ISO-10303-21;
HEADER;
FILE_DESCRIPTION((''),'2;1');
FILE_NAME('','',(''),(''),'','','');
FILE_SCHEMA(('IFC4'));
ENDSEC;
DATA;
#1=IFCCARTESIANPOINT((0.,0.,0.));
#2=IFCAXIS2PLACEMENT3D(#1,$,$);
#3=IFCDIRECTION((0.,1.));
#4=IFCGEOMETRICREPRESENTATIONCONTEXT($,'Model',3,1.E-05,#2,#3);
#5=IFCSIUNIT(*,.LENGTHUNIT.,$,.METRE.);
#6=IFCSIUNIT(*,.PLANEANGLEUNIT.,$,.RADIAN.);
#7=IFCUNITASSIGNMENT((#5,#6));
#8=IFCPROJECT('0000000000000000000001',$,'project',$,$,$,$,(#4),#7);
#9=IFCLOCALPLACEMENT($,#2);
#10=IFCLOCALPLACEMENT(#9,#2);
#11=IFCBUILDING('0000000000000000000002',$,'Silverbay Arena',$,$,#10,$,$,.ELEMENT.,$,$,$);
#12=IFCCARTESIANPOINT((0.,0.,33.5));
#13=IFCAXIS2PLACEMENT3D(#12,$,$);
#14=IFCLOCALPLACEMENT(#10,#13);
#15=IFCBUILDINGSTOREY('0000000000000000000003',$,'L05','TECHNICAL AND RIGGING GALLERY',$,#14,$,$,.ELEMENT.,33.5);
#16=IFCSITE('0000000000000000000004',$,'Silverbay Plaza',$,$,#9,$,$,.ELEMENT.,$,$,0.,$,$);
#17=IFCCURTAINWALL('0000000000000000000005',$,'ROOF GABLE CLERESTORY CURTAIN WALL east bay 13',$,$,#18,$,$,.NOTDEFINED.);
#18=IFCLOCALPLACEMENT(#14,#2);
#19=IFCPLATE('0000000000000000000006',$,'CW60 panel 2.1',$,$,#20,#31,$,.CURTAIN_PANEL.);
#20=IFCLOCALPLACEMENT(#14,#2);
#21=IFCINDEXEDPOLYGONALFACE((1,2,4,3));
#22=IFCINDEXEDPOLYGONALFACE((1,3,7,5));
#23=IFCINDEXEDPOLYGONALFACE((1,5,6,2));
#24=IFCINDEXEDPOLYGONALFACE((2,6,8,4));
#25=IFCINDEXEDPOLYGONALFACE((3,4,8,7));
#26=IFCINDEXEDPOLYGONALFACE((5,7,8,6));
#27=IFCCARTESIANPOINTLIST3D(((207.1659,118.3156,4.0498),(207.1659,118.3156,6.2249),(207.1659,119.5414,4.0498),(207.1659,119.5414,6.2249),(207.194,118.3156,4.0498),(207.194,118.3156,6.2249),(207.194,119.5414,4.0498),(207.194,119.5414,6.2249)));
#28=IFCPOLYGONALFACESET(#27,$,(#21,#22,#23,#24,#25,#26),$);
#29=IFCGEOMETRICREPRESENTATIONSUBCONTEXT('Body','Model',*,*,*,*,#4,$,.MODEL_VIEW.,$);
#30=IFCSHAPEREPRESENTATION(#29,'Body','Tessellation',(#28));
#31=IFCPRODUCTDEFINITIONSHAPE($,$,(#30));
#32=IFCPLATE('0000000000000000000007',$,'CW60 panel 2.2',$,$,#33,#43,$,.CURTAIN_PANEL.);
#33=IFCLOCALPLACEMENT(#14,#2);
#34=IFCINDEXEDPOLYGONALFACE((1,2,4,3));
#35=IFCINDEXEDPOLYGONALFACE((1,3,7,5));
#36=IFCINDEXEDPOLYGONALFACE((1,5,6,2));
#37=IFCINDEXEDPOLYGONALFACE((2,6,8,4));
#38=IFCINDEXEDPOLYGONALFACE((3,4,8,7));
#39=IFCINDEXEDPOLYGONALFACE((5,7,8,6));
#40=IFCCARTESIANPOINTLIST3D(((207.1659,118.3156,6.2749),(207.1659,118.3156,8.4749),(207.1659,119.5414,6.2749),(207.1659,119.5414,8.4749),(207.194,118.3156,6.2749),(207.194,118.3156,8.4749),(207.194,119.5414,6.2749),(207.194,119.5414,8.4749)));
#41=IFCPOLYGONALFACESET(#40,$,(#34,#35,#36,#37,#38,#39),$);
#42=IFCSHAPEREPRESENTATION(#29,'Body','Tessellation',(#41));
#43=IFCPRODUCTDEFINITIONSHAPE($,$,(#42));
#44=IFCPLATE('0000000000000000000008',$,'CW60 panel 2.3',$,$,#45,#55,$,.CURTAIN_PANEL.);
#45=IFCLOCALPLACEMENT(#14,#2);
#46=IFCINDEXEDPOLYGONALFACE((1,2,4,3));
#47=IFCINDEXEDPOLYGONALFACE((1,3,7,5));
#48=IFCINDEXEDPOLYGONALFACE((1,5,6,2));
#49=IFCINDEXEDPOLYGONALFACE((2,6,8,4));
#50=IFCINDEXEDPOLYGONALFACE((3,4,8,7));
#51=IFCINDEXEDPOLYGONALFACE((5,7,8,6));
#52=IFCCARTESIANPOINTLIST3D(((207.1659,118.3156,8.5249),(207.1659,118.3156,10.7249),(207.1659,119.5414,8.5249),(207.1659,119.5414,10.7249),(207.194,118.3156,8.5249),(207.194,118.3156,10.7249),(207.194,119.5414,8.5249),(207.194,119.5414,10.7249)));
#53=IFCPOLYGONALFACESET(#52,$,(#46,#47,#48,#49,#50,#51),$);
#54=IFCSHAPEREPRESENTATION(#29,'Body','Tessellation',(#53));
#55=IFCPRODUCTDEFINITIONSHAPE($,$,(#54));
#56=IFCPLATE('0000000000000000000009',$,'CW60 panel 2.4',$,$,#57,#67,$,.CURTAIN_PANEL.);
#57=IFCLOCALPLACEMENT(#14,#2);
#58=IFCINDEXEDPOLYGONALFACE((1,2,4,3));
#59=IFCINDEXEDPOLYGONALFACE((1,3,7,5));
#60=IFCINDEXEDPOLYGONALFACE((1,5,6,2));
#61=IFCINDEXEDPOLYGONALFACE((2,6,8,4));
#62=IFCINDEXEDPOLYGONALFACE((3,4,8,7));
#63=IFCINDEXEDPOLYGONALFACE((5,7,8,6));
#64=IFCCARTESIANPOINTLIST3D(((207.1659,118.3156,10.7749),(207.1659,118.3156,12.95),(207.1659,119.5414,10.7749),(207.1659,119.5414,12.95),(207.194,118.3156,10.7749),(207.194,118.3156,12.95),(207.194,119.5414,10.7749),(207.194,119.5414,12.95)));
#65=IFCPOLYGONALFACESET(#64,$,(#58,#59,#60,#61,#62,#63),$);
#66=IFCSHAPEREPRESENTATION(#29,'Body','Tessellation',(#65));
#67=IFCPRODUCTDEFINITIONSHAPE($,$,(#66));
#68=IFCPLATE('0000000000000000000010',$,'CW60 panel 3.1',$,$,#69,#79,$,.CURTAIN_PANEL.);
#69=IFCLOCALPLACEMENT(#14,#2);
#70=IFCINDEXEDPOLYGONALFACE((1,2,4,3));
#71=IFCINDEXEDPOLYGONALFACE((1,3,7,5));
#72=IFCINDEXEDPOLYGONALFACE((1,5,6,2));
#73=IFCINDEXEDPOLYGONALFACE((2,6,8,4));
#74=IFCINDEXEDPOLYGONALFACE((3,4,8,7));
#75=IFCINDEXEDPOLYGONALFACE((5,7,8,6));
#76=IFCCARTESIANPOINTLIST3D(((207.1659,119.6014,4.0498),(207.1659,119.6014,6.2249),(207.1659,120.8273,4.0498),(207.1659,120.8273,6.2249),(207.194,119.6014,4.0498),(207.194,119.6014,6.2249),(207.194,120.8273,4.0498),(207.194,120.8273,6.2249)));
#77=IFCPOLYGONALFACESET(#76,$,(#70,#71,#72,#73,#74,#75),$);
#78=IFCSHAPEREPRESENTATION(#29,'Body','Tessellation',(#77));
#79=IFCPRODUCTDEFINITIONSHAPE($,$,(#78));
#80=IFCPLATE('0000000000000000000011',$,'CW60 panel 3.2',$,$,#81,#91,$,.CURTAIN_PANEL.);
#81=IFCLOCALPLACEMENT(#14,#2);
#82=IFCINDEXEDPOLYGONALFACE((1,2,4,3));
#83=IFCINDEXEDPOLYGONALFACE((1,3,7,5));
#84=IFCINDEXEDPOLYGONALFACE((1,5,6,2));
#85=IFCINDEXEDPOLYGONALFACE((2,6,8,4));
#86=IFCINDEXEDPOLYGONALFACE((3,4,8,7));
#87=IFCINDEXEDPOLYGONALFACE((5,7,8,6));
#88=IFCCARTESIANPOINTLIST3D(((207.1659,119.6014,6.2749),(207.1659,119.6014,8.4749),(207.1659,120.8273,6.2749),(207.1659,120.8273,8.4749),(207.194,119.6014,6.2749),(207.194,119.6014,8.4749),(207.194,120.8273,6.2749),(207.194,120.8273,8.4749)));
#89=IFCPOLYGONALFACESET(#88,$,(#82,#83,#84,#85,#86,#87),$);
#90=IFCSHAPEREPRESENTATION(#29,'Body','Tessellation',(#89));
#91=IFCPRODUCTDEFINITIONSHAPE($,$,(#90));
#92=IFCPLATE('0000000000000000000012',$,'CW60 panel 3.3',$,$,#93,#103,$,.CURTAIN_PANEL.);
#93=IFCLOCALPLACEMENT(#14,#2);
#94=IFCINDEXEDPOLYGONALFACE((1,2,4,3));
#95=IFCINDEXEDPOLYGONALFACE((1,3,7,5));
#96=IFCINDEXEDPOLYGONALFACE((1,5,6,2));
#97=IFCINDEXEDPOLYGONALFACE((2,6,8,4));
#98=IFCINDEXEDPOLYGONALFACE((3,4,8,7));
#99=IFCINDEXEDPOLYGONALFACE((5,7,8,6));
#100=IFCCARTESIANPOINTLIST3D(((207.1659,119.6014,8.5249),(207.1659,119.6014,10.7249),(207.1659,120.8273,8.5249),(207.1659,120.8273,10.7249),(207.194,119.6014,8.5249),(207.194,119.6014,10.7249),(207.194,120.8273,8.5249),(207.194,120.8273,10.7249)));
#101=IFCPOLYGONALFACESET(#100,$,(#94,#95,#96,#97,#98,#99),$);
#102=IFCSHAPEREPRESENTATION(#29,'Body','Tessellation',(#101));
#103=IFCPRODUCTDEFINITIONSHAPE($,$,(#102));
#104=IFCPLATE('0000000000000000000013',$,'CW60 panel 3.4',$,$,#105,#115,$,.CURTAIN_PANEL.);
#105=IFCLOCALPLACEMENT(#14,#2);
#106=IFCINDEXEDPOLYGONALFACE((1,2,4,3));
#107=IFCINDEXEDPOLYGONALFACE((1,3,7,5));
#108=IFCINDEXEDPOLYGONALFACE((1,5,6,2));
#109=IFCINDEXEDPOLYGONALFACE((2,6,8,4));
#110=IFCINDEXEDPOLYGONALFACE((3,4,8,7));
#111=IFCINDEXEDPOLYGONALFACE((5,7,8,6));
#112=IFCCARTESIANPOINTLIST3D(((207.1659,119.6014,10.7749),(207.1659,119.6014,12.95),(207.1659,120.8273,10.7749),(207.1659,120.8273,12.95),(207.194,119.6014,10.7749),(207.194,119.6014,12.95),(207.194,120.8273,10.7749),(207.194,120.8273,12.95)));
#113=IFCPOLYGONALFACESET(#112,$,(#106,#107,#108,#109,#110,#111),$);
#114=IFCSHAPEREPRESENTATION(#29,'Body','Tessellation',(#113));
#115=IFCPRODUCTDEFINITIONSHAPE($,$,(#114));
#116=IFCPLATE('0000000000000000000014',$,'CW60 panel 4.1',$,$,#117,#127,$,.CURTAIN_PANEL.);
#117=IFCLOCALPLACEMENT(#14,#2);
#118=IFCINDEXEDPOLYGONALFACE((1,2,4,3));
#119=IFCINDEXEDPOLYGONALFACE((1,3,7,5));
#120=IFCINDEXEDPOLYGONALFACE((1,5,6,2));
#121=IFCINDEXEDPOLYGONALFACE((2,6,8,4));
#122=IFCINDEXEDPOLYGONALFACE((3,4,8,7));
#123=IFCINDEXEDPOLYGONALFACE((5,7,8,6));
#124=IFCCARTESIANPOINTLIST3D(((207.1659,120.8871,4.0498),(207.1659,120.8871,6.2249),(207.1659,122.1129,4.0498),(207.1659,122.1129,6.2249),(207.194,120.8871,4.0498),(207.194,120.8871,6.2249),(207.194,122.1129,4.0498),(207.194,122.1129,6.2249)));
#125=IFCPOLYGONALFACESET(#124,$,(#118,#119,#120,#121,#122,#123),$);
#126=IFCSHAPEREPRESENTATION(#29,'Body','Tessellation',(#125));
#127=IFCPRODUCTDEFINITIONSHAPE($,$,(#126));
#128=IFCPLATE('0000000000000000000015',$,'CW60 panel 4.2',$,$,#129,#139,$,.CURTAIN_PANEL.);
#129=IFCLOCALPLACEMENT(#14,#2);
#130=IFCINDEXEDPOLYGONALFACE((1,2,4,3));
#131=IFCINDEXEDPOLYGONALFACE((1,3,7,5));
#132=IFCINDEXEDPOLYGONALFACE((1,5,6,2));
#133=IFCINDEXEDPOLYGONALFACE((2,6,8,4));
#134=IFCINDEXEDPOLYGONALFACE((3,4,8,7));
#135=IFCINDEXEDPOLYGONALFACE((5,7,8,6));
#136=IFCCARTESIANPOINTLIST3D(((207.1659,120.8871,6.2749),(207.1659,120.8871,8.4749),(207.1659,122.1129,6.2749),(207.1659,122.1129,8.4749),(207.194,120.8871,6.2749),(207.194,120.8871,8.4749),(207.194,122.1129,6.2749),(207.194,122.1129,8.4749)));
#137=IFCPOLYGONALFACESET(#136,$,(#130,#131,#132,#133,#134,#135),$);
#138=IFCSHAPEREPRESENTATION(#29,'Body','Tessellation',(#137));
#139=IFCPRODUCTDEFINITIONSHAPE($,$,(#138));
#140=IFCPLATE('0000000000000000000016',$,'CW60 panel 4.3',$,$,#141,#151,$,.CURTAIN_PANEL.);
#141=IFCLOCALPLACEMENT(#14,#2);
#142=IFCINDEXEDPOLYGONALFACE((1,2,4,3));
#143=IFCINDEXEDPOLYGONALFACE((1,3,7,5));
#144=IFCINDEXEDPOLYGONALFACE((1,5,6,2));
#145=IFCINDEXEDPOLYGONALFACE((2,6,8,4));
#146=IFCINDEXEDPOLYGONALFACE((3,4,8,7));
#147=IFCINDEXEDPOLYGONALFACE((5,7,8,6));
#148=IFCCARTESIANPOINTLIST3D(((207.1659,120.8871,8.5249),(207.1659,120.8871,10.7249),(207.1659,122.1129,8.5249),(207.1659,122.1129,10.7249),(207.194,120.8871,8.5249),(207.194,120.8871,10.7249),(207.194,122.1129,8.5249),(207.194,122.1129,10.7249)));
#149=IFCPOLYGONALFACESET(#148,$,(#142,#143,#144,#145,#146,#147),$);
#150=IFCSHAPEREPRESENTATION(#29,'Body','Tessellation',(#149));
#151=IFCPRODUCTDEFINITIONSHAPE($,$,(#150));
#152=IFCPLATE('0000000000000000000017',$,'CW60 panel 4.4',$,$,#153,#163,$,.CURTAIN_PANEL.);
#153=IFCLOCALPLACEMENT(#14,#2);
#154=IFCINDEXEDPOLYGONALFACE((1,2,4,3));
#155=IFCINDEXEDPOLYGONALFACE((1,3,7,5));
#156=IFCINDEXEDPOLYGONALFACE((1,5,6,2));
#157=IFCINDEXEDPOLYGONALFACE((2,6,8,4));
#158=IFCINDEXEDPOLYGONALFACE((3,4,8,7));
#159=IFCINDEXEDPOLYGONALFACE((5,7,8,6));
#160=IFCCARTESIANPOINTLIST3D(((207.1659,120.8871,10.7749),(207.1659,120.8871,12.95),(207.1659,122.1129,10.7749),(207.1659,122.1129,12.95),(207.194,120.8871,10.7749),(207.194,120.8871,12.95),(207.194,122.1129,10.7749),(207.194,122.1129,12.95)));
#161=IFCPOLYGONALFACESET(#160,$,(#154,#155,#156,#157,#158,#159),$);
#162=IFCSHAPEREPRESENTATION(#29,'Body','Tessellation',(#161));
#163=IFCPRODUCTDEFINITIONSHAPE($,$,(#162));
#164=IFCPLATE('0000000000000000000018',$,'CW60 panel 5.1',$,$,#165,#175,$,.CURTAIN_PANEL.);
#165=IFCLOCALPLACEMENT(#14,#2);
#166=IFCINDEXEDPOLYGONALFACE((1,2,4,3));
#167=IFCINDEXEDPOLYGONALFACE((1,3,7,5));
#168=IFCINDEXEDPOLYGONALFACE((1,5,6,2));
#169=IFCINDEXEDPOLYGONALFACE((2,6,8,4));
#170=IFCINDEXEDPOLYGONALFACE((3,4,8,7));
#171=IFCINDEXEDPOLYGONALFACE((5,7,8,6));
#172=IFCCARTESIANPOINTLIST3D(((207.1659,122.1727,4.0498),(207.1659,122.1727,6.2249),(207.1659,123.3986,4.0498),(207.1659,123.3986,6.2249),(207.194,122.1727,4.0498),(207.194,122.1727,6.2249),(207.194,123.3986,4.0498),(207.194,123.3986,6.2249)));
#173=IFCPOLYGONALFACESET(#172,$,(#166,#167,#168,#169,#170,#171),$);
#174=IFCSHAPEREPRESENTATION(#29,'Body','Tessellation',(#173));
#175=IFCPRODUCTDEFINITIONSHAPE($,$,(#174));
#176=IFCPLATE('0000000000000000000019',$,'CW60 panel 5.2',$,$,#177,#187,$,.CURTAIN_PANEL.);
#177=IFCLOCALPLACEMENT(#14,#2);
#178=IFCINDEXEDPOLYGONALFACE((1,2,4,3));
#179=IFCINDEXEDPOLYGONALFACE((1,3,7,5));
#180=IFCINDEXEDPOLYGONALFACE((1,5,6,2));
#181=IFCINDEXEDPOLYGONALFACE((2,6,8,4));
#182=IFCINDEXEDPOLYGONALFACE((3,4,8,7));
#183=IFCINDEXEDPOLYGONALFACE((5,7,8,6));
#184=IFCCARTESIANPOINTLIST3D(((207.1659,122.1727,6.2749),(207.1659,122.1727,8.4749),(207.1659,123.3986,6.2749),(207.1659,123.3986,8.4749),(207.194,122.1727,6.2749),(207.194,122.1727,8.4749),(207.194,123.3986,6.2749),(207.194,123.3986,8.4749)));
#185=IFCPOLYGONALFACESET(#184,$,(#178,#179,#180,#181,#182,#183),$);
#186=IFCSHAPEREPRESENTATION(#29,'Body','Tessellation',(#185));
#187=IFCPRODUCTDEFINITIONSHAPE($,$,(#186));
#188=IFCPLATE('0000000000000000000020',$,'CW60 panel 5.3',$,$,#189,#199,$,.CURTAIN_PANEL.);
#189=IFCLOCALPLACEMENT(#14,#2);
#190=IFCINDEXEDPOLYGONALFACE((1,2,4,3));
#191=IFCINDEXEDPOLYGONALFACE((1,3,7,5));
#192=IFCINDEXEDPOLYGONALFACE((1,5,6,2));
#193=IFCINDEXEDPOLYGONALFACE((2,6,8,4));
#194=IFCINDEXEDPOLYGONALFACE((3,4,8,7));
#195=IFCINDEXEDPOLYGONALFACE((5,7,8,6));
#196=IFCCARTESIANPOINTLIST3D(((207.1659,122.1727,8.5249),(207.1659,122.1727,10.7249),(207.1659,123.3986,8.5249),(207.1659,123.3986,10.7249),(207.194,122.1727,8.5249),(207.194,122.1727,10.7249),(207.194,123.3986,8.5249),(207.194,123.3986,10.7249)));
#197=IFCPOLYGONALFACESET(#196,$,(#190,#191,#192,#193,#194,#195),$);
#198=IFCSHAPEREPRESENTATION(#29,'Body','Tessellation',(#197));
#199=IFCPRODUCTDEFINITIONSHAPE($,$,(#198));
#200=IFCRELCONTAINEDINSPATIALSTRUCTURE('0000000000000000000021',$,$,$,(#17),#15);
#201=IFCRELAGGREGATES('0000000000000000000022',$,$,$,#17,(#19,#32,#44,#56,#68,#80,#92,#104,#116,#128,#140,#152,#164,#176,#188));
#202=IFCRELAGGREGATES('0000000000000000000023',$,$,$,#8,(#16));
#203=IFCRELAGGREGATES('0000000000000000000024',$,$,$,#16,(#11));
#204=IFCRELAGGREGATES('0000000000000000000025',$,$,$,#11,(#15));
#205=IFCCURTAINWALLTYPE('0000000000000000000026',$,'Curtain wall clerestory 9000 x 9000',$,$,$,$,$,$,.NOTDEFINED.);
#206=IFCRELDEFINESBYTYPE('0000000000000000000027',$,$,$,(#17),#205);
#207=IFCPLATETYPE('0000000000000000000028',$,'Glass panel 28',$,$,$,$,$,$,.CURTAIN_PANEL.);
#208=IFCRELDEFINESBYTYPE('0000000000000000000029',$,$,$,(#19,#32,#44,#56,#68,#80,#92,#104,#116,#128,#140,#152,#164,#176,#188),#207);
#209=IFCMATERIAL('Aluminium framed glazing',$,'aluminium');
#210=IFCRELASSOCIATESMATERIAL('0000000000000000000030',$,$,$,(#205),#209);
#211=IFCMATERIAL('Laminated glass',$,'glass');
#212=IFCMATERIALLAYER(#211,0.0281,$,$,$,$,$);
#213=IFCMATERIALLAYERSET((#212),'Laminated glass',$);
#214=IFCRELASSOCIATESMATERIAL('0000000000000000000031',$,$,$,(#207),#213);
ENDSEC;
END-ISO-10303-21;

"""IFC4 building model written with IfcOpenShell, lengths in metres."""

from ifc_helpers import new_model, si_unit, direction, frame, origin, origin_2d, place, context, subcontext, project, spatial, rectangle, extrude, material, layer, layer_set, type_object, element, aggregate, save


model = new_model("IFC4")

# Units and contexts
model_context = context("Model", 3, precision=1e-05, world=origin(), true_north=direction((0.0, 1.0)))
body_context = subcontext(model_context, "Body", "Model", "MODEL_VIEW")
ifc_project = project(units=[si_unit("LENGTHUNIT", "METRE"), si_unit("PLANEANGLEUNIT", "RADIAN")], contexts=[model_context])

# Site, building, storey
site_placement = place(None, origin())
site = spatial("IfcSite", under=ifc_project, at=site_placement, Name="Silverbay Plaza", CompositionType="ELEMENT", RefElevation=0.0)
building_placement = place(site_placement, origin())
building = spatial("IfcBuilding", under=site, at=building_placement, Name="Silverbay Arena", CompositionType="ELEMENT")
storey_placement = place(building_placement, frame((0.0, 0.0, 33.5)))
storey = spatial("IfcBuildingStorey", under=building, at=storey_placement, Name="L05", Description="TECHNICAL AND RIGGING GALLERY", CompositionType="ELEMENT", Elevation=33.5)

# Curtain wall, plates
ifc_material_1 = material(Name="Aluminium framed glazing", Category="aluminium")
curtain_wall_type = type_object("IfcCurtainWallType", Name="Curtain wall clerestory 9000 x 9000", PredefinedType="NOTDEFINED", material=ifc_material_1)
curtain_wall_placement = place(storey_placement, origin())
curtain_wall = element("IfcCurtainWall", 1, at=curtain_wall_placement, inside=storey, type_object=curtain_wall_type, Name="ROOF GABLE CLERESTORY CURTAIN WALL east bay 13", PredefinedType="NOTDEFINED")
ifc_material_2 = material(Name="Laminated glass", Category="glass")
ifc_layer = layer(ifc_material_2, 0.0281)
ifc_layer_set = layer_set([ifc_layer], Name="Laminated glass")
plate_type = type_object("IfcPlateType", Name="Glass panel 28", PredefinedType="CURTAIN_PANEL", material=ifc_layer_set)
plate_1_placement = place(storey_placement, frame((207.1799, 118.9285, 4.0498), z_axis=(0.0, 0.0, 1.0), x_axis=(0.0, 1.0, 0.0)))
plate_1 = element("IfcPlate", 2, at=plate_1_placement, type_object=plate_type, Name="CW60 panel 2.1", PredefinedType="CURTAIN_PANEL", context=body_context, shape_type="SweptSolid", body=[
    extrude(rectangle(XDim=1.2258, YDim=0.0281, at=origin_2d()), origin(), (0.0, 0.0, 1.0), 2.175),
])
plate_2_placement = place(storey_placement, frame((207.1799, 118.9285, 6.2749), z_axis=(0.0, 0.0, 1.0), x_axis=(0.0, 1.0, 0.0)))
plate_2 = element("IfcPlate", 3, at=plate_2_placement, type_object=plate_type, Name="CW60 panel 2.2", PredefinedType="CURTAIN_PANEL", context=body_context, shape_type="SweptSolid", body=[
    extrude(rectangle(XDim=1.2258, YDim=0.0281, at=origin_2d()), origin(), (0.0, 0.0, 1.0), 2.2),
])
plate_3_placement = place(storey_placement, frame((207.1799, 118.9285, 8.5249), z_axis=(0.0, 0.0, 1.0), x_axis=(0.0, 1.0, 0.0)))
plate_3 = element("IfcPlate", 4, at=plate_3_placement, type_object=plate_type, Name="CW60 panel 2.3", PredefinedType="CURTAIN_PANEL", context=body_context, shape_type="SweptSolid", body=[
    extrude(rectangle(XDim=1.2258, YDim=0.0281, at=origin_2d()), origin(), (0.0, 0.0, 1.0), 2.2),
])
plate_4_placement = place(storey_placement, frame((207.1799, 118.9285, 10.7749), z_axis=(0.0, 0.0, 1.0), x_axis=(0.0, 1.0, 0.0)))
plate_4 = element("IfcPlate", 5, at=plate_4_placement, type_object=plate_type, Name="CW60 panel 2.4", PredefinedType="CURTAIN_PANEL", context=body_context, shape_type="SweptSolid", body=[
    extrude(rectangle(XDim=1.2258, YDim=0.0281, at=origin_2d()), origin(), (0.0, 0.0, 1.0), 2.175),
])
plate_5_placement = place(storey_placement, frame((207.1799, 120.2144, 4.0498), z_axis=(0.0, 0.0, 1.0), x_axis=(0.0, 1.0, 0.0)))
plate_5 = element("IfcPlate", 6, at=plate_5_placement, type_object=plate_type, Name="CW60 panel 3.1", PredefinedType="CURTAIN_PANEL", context=body_context, shape_type="SweptSolid", body=[
    extrude(rectangle(XDim=1.2258, YDim=0.0281, at=origin_2d()), origin(), (0.0, 0.0, 1.0), 2.175),
])
plate_6_placement = place(storey_placement, frame((207.1799, 120.2144, 6.2749), z_axis=(0.0, 0.0, 1.0), x_axis=(0.0, 1.0, 0.0)))
plate_6 = element("IfcPlate", 7, at=plate_6_placement, type_object=plate_type, Name="CW60 panel 3.2", PredefinedType="CURTAIN_PANEL", context=body_context, shape_type="SweptSolid", body=[
    extrude(rectangle(XDim=1.2258, YDim=0.0281, at=origin_2d()), origin(), (0.0, 0.0, 1.0), 2.2),
])
plate_7_placement = place(storey_placement, frame((207.1799, 120.2144, 8.5249), z_axis=(0.0, 0.0, 1.0), x_axis=(0.0, 1.0, 0.0)))
plate_7 = element("IfcPlate", 8, at=plate_7_placement, type_object=plate_type, Name="CW60 panel 3.3", PredefinedType="CURTAIN_PANEL", context=body_context, shape_type="SweptSolid", body=[
    extrude(rectangle(XDim=1.2258, YDim=0.0281, at=origin_2d()), origin(), (0.0, 0.0, 1.0), 2.2),
])
plate_8_placement = place(storey_placement, frame((207.1799, 120.2144, 10.7749), z_axis=(0.0, 0.0, 1.0), x_axis=(0.0, 1.0, 0.0)))
plate_8 = element("IfcPlate", 9, at=plate_8_placement, type_object=plate_type, Name="CW60 panel 3.4", PredefinedType="CURTAIN_PANEL", context=body_context, shape_type="SweptSolid", body=[
    extrude(rectangle(XDim=1.2258, YDim=0.0281, at=origin_2d()), origin(), (0.0, 0.0, 1.0), 2.175),
])
plate_9_placement = place(storey_placement, frame((207.1799, 121.5, 4.0498), z_axis=(0.0, 0.0, 1.0), x_axis=(0.0, 1.0, 0.0)))
plate_9 = element("IfcPlate", 10, at=plate_9_placement, type_object=plate_type, Name="CW60 panel 4.1", PredefinedType="CURTAIN_PANEL", context=body_context, shape_type="SweptSolid", body=[
    extrude(rectangle(XDim=1.2258, YDim=0.0281, at=origin_2d()), origin(), (0.0, 0.0, 1.0), 2.175),
])
plate_10_placement = place(storey_placement, frame((207.1799, 121.5, 6.2749), z_axis=(0.0, 0.0, 1.0), x_axis=(0.0, 1.0, 0.0)))
plate_10 = element("IfcPlate", 11, at=plate_10_placement, type_object=plate_type, Name="CW60 panel 4.2", PredefinedType="CURTAIN_PANEL", context=body_context, shape_type="SweptSolid", body=[
    extrude(rectangle(XDim=1.2258, YDim=0.0281, at=origin_2d()), origin(), (0.0, 0.0, 1.0), 2.2),
])
plate_11_placement = place(storey_placement, frame((207.1799, 121.5, 8.5249), z_axis=(0.0, 0.0, 1.0), x_axis=(0.0, 1.0, 0.0)))
plate_11 = element("IfcPlate", 12, at=plate_11_placement, type_object=plate_type, Name="CW60 panel 4.3", PredefinedType="CURTAIN_PANEL", context=body_context, shape_type="SweptSolid", body=[
    extrude(rectangle(XDim=1.2258, YDim=0.0281, at=origin_2d()), origin(), (0.0, 0.0, 1.0), 2.2),
])
plate_12_placement = place(storey_placement, frame((207.1799, 121.5, 10.7749), z_axis=(0.0, 0.0, 1.0), x_axis=(0.0, 1.0, 0.0)))
plate_12 = element("IfcPlate", 13, at=plate_12_placement, type_object=plate_type, Name="CW60 panel 4.4", PredefinedType="CURTAIN_PANEL", context=body_context, shape_type="SweptSolid", body=[
    extrude(rectangle(XDim=1.2258, YDim=0.0281, at=origin_2d()), origin(), (0.0, 0.0, 1.0), 2.175),
])
plate_13_placement = place(storey_placement, frame((207.1799, 122.7856, 4.0498), z_axis=(0.0, 0.0, 1.0), x_axis=(0.0, 1.0, 0.0)))
plate_13 = element("IfcPlate", 14, at=plate_13_placement, type_object=plate_type, Name="CW60 panel 5.1", PredefinedType="CURTAIN_PANEL", context=body_context, shape_type="SweptSolid", body=[
    extrude(rectangle(XDim=1.2258, YDim=0.0281, at=origin_2d()), origin(), (0.0, 0.0, 1.0), 2.175),
])
plate_14_placement = place(storey_placement, frame((207.1799, 122.7856, 6.2749), z_axis=(0.0, 0.0, 1.0), x_axis=(0.0, 1.0, 0.0)))
plate_14 = element("IfcPlate", 15, at=plate_14_placement, type_object=plate_type, Name="CW60 panel 5.2", PredefinedType="CURTAIN_PANEL", context=body_context, shape_type="SweptSolid", body=[
    extrude(rectangle(XDim=1.2258, YDim=0.0281, at=origin_2d()), origin(), (0.0, 0.0, 1.0), 2.2),
])
plate_15_placement = place(storey_placement, frame((207.1799, 122.7856, 8.5249), z_axis=(0.0, 0.0, 1.0), x_axis=(0.0, 1.0, 0.0)))
plate_15 = element("IfcPlate", 16, at=plate_15_placement, type_object=plate_type, Name="CW60 panel 5.3", PredefinedType="CURTAIN_PANEL", context=body_context, shape_type="SweptSolid", body=[
    extrude(rectangle(XDim=1.2258, YDim=0.0281, at=origin_2d()), origin(), (0.0, 0.0, 1.0), 2.2),
])
aggregate(curtain_wall, [plate_1, plate_2, plate_3, plate_4, plate_5, plate_6, plate_7, plate_8, plate_9, plate_10, plate_11, plate_12, plate_13, plate_14, plate_15])

save(model, "model.ifc")
